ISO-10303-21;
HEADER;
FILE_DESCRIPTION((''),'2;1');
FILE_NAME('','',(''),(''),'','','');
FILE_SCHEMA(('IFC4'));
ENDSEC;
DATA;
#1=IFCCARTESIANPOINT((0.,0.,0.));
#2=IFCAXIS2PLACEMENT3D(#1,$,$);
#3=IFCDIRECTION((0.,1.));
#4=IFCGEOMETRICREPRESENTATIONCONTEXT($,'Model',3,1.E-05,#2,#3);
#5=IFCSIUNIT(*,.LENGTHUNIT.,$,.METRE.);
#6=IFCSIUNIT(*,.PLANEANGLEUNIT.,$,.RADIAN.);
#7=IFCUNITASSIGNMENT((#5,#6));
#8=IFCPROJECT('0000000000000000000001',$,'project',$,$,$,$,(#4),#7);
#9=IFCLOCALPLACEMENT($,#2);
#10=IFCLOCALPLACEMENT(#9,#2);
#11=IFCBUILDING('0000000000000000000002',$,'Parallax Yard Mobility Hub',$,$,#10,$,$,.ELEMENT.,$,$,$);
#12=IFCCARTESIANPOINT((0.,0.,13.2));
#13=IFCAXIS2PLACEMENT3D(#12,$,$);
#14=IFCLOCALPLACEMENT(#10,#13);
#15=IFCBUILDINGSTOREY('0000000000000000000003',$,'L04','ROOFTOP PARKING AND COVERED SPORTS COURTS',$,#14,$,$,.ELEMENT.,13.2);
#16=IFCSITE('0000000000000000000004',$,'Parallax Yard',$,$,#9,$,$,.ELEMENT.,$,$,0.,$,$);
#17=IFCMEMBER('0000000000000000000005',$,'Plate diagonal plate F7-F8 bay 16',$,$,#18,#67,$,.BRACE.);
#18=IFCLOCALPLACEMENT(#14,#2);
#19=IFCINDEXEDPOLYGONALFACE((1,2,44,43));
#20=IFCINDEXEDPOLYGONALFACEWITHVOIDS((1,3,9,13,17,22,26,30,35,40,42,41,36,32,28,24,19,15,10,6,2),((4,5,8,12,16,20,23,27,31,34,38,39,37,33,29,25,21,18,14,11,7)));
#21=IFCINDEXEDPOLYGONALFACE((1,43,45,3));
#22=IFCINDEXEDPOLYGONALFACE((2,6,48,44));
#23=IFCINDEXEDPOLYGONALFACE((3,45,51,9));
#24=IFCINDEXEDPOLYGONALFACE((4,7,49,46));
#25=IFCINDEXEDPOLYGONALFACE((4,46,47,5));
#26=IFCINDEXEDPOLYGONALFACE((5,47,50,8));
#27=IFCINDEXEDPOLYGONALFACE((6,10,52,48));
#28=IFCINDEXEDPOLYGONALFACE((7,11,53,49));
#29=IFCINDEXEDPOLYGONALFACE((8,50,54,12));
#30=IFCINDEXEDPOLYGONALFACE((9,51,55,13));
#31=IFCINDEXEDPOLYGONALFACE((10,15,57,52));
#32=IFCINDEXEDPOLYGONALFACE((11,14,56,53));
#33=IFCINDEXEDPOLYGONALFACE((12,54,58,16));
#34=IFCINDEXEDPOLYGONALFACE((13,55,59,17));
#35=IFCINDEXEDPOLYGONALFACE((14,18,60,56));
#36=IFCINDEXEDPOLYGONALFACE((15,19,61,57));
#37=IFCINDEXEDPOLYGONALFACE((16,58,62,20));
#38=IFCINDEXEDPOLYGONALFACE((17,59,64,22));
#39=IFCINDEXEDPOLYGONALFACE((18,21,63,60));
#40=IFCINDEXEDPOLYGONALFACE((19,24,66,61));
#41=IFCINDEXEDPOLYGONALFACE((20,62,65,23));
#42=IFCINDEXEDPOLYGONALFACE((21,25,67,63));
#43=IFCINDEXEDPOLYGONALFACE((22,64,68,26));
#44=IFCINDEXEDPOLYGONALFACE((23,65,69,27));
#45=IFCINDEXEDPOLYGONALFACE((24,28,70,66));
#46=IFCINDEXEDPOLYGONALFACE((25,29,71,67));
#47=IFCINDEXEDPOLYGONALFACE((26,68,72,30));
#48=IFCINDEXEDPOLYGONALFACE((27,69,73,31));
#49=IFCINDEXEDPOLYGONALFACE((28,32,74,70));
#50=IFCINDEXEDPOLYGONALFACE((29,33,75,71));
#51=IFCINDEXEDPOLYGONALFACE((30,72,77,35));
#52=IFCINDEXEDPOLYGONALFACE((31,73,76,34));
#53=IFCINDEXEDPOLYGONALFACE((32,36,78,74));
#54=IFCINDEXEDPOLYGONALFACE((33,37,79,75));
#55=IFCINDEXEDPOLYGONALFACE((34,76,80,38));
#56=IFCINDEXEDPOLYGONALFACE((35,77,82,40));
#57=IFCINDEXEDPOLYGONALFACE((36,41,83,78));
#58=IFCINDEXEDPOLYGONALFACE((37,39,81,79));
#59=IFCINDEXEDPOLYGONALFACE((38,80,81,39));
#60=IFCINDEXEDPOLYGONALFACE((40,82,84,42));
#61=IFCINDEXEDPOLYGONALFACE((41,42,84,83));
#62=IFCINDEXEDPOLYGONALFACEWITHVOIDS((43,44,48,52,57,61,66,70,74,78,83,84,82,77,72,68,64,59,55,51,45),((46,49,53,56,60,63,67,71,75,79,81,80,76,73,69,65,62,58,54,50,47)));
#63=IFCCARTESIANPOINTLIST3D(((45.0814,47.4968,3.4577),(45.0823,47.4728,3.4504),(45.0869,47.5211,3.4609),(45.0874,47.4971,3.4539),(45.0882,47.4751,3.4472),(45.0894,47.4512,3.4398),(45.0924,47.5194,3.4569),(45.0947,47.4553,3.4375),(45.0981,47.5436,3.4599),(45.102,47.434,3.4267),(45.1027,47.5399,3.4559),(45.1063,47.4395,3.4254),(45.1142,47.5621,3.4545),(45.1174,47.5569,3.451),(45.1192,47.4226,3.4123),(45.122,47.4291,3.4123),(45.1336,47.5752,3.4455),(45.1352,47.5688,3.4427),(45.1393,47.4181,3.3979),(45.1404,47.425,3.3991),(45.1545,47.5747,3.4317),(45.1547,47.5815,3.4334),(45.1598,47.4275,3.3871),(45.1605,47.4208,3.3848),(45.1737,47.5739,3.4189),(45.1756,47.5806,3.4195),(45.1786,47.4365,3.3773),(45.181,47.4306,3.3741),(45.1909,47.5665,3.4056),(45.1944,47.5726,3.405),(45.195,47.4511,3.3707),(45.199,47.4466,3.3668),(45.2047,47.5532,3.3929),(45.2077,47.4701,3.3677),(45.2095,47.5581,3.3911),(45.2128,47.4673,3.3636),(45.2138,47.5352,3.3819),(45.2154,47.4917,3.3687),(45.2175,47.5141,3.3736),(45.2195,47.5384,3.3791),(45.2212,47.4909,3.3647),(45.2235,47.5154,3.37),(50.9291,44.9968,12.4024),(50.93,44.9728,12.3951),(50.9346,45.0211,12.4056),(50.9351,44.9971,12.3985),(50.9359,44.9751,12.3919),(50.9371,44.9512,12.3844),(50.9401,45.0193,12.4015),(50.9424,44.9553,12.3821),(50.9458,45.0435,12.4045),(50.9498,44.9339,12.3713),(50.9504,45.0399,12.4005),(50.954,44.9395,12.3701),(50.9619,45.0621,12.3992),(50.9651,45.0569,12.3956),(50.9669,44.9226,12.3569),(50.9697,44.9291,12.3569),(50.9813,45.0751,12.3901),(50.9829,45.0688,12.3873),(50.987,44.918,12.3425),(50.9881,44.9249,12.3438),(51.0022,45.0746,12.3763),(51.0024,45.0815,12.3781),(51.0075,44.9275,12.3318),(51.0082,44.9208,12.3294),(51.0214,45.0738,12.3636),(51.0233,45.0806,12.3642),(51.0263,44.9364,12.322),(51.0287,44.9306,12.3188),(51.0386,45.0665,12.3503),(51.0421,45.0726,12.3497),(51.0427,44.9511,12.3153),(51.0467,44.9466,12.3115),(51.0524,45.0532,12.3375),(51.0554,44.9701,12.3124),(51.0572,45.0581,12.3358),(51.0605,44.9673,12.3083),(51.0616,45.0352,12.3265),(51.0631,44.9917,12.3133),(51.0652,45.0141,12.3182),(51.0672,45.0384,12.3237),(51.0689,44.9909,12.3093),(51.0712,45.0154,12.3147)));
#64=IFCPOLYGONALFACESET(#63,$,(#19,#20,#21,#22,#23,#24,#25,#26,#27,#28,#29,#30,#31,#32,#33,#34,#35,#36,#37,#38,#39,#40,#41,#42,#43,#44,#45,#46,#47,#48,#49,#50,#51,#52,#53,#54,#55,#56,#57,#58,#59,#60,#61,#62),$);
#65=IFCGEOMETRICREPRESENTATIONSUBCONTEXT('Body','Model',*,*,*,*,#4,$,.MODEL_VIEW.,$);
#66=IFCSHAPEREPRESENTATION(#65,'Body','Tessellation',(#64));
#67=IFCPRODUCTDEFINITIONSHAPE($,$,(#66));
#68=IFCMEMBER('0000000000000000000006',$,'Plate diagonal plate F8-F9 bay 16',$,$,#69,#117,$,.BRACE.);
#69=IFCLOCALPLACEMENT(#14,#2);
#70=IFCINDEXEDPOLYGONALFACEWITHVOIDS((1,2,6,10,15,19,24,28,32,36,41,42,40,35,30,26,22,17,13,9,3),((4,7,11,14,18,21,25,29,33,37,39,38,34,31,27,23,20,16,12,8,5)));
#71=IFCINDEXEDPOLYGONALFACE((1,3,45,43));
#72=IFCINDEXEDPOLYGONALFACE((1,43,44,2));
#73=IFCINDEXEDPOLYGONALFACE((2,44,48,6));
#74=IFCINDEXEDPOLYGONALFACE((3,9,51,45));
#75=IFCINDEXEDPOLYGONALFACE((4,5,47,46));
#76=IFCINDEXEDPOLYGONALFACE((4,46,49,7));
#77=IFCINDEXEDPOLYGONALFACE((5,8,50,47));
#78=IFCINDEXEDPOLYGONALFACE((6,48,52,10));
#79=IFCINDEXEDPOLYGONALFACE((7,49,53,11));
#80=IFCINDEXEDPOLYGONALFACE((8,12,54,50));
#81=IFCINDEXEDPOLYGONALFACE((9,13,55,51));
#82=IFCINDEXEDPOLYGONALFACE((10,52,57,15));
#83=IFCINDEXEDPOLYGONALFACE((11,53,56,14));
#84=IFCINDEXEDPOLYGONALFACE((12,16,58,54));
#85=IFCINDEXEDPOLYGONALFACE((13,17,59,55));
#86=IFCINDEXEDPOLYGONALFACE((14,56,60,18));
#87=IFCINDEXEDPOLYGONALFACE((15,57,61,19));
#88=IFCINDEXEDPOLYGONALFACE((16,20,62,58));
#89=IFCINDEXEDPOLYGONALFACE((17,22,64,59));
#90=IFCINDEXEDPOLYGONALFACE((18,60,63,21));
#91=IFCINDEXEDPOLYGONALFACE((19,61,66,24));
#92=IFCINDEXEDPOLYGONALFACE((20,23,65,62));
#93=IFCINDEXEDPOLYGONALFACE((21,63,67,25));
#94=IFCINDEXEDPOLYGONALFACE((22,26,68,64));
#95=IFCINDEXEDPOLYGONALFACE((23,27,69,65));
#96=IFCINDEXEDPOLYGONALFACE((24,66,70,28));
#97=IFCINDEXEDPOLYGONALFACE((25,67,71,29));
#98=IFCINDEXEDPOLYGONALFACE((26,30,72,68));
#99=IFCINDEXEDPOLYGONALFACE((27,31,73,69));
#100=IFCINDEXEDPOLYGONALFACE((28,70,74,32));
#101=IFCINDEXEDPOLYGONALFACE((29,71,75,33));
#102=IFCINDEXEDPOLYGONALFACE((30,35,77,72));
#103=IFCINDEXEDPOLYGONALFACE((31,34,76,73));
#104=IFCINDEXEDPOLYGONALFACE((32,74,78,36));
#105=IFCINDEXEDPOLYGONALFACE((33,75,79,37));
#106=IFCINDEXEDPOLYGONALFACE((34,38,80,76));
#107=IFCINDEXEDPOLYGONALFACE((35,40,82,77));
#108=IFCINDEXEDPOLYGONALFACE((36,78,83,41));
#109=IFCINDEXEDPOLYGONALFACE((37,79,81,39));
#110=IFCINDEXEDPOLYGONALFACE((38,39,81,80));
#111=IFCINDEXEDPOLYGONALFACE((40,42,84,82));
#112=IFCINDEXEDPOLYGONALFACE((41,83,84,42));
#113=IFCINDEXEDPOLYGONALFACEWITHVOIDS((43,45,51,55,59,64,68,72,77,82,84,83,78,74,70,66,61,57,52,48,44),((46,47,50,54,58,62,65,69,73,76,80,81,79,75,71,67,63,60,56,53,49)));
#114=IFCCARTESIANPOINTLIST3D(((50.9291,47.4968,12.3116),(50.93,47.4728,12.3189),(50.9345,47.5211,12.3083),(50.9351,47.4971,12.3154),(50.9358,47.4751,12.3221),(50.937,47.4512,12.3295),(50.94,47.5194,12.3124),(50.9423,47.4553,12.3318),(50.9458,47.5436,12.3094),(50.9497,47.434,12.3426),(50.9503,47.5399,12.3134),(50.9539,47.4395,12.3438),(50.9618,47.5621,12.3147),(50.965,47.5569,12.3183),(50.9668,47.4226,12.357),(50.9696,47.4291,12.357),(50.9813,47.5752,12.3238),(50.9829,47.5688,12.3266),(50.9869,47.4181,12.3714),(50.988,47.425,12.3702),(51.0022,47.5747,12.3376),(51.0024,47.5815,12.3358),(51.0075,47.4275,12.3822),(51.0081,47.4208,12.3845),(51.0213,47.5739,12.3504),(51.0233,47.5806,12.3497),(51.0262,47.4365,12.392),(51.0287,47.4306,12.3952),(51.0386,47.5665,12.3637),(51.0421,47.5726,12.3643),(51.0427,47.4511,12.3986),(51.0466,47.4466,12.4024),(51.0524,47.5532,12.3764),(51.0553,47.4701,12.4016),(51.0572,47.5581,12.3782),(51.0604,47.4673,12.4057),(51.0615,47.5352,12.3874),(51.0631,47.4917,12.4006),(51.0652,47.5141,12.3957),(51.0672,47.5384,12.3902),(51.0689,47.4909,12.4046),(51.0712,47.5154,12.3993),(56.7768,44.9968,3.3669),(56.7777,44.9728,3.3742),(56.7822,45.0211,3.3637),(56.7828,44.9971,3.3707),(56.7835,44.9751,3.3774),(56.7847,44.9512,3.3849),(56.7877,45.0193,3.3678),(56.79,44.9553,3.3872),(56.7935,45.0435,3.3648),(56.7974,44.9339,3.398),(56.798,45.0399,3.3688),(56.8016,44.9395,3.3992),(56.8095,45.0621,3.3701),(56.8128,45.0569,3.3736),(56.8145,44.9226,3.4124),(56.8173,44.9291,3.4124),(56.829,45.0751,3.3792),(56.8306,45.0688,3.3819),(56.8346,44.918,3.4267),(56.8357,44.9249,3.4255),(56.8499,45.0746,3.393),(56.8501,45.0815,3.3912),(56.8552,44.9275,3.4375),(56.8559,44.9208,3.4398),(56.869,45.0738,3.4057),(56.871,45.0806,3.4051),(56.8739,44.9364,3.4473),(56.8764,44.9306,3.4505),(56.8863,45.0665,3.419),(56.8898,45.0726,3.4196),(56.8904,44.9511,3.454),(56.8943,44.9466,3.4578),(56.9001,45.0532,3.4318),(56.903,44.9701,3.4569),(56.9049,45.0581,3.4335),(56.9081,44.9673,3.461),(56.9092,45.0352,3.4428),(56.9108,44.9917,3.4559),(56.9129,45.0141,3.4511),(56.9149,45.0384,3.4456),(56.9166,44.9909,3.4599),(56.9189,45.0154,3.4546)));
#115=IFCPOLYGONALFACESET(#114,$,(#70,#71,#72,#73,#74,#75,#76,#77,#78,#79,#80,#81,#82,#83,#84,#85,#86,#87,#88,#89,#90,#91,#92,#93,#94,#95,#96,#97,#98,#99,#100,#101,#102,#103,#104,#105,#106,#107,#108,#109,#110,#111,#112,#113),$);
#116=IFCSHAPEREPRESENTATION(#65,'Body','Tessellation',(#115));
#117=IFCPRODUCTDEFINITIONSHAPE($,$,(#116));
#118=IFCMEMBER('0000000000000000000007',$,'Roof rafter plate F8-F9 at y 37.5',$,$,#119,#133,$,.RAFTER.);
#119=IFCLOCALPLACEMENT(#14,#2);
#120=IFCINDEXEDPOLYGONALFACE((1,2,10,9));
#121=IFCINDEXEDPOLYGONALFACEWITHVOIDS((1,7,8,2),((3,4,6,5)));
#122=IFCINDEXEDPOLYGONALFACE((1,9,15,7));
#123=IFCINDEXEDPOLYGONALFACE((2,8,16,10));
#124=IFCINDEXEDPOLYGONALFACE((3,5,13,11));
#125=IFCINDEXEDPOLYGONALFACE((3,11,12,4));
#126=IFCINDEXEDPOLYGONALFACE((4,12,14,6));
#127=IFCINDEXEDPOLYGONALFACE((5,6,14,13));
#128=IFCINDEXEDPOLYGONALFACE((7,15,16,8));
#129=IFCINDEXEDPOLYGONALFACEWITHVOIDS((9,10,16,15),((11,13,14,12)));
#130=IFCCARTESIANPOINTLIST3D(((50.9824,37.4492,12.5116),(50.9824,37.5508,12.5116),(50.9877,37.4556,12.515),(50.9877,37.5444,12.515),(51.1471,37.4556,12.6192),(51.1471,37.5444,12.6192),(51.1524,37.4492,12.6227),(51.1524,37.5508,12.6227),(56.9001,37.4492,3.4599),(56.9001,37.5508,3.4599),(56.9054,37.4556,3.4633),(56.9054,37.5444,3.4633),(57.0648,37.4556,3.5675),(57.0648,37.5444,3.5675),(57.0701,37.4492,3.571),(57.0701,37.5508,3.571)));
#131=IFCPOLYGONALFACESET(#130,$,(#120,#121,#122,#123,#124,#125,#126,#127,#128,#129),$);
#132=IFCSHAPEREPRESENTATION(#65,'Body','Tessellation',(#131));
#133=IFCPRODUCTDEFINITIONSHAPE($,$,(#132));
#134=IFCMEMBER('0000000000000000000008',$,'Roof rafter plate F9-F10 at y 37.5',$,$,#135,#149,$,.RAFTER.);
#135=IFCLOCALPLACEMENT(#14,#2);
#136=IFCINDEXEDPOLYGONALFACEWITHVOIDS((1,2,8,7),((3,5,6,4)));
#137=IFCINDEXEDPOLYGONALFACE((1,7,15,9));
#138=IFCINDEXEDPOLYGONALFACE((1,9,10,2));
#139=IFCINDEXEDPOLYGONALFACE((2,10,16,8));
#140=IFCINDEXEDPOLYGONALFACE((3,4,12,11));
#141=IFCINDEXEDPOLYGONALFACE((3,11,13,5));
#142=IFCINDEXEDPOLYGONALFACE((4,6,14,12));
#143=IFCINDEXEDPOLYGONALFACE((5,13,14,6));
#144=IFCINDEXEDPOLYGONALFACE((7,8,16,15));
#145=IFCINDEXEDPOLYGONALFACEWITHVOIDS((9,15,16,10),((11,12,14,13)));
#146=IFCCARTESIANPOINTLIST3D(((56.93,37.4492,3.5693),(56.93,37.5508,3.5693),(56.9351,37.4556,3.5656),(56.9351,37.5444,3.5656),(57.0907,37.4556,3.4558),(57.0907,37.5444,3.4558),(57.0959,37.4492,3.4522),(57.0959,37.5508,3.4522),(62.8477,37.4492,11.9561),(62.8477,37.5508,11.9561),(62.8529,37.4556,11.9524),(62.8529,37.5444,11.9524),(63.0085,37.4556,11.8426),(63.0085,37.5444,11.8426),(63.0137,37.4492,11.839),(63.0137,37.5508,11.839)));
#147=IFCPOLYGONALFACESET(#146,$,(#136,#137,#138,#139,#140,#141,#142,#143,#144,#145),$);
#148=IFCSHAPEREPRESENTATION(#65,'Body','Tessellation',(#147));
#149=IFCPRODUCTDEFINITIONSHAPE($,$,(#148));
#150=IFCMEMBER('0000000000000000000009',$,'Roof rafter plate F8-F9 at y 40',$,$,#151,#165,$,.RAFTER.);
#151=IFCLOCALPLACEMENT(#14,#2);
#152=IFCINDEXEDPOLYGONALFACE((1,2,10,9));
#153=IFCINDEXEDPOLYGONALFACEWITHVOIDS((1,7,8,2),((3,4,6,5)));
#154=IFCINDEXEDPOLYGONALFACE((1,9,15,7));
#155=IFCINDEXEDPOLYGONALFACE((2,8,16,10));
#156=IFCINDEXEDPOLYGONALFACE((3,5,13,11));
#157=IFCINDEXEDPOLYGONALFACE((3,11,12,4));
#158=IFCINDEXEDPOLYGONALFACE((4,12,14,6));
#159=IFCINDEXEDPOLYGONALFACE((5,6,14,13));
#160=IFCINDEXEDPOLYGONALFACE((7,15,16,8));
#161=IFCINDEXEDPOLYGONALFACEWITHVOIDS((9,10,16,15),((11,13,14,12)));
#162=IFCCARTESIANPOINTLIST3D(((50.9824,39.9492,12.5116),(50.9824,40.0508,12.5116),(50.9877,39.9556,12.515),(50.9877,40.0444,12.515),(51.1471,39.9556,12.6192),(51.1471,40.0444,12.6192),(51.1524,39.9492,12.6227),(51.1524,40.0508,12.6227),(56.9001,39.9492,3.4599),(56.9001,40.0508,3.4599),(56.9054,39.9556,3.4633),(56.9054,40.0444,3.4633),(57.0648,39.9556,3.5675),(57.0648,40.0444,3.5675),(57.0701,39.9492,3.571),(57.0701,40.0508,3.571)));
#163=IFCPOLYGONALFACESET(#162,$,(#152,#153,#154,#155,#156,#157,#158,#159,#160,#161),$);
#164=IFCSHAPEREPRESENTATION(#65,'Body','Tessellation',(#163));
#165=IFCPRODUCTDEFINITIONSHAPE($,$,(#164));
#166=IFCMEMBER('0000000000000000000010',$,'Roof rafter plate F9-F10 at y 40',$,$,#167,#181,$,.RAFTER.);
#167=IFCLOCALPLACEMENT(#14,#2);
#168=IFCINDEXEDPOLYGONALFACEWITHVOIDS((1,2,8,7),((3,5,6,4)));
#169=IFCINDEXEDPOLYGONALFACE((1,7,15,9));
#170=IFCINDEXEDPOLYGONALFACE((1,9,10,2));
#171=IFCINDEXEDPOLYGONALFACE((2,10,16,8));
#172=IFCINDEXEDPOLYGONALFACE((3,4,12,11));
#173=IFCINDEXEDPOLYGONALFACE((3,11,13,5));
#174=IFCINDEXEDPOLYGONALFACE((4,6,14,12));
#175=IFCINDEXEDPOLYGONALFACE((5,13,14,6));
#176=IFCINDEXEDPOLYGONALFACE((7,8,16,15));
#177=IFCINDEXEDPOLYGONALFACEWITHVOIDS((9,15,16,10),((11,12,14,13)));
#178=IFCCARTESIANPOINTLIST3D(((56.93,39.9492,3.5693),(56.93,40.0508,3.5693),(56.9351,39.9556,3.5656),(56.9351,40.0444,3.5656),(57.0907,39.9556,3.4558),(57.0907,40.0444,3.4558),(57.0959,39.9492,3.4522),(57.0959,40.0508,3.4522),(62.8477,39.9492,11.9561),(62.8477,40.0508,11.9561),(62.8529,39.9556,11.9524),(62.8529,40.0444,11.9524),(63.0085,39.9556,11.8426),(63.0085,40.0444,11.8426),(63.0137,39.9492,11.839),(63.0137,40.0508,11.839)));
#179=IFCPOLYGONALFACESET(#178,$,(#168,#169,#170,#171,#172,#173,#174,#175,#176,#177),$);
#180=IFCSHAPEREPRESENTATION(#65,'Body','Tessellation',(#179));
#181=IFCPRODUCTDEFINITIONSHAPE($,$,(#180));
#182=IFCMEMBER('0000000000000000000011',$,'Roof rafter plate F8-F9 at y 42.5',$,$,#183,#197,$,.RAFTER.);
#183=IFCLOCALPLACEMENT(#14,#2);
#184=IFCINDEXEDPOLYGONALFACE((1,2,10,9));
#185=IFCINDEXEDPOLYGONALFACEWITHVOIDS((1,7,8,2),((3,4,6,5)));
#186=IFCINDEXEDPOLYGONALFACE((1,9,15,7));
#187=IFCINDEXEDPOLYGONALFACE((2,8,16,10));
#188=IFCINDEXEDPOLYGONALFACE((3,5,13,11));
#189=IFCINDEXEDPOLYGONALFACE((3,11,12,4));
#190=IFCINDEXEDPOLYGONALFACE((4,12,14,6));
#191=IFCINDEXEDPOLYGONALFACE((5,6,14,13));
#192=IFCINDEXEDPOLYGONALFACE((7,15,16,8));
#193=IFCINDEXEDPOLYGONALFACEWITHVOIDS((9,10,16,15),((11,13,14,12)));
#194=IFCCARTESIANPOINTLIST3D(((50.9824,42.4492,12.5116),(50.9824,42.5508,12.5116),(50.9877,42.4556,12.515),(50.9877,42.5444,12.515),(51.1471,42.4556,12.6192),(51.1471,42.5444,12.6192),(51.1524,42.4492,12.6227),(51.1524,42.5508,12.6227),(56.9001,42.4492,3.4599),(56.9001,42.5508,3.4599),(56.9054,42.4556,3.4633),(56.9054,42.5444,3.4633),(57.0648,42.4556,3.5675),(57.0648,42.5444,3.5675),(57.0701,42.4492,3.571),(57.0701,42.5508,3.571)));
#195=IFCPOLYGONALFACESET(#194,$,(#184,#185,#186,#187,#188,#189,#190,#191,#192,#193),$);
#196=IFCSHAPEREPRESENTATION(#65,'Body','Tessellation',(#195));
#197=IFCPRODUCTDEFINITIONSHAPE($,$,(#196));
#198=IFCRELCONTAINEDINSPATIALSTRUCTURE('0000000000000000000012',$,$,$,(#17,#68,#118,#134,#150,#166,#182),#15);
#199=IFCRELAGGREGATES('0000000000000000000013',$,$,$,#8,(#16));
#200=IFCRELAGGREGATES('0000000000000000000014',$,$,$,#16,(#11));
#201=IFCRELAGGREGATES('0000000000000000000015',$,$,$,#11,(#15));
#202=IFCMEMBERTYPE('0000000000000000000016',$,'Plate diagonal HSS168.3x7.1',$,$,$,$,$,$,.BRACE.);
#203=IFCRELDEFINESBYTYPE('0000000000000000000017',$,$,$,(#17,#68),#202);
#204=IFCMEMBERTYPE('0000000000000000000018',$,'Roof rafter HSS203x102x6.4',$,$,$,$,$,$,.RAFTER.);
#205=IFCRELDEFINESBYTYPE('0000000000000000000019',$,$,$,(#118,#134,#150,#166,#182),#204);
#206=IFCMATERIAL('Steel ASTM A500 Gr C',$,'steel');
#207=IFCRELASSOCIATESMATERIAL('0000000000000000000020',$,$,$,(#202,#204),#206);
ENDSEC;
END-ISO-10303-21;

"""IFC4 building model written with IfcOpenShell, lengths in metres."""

from ifc_helpers import new_model, si_unit, direction, frame, origin, origin_2d, place, context, subcontext, project, spatial, hollow_rectangle, hollow_circle, extrude, material, material_profile, profile_set, type_object, element, save


model = new_model("IFC4")

# Units and contexts
model_context = context("Model", 3, precision=1e-05, world=origin(), true_north=direction((0.0, 1.0)))
body_context = subcontext(model_context, "Body", "Model", "MODEL_VIEW")
ifc_project = project(units=[si_unit("LENGTHUNIT", "METRE"), si_unit("PLANEANGLEUNIT", "RADIAN")], contexts=[model_context])

# Site, building, storey
site_placement = place(None, origin())
site = spatial("IfcSite", under=ifc_project, at=site_placement, Name="Parallax Yard", CompositionType="ELEMENT", RefElevation=0.0)
building_placement = place(site_placement, origin())
building = spatial("IfcBuilding", under=site, at=building_placement, Name="Parallax Yard Mobility Hub", CompositionType="ELEMENT")
storey_placement = place(building_placement, frame((0.0, 0.0, 13.2)))
storey = spatial("IfcBuildingStorey", under=building, at=storey_placement, Name="L04", Description="ROOFTOP PARKING AND COVERED SPORTS COURTS", CompositionType="ELEMENT", Elevation=13.2)

# Members
ifc_material_1 = material(Name="Steel ASTM A500 Gr C", Category="steel")
ifc_material_profile_1 = material_profile(ifc_material_1, hollow_circle(Radius=0.0842, WallThickness=0.0071, at=origin_2d()), Name="HSS168.3x7.1")
ifc_profile_set_1 = profile_set([ifc_material_profile_1], Name="Steel ASTM A500 Gr C")
member_type_1 = type_object("IfcMemberType", Name="Plate diagonal HSS168.3x7.1", PredefinedType="BRACE", material=ifc_profile_set_1)
for number, where, z_axis, x_axis, name in (
    (1, (51.0, 45.0, 12.3569), (-0.532816, 0.22779, -0.814996), (-0.393104, -0.919494, 0.0), "Plate diagonal plate F7-F8 bay 16"),
    (2, (56.8477, 45.0, 3.4124), (-0.532816, 0.22779, 0.814996), (-0.393104, -0.919494, 0.0), "Plate diagonal plate F8-F9 bay 16"),
):
    element("IfcMember", number, at=place(storey_placement, frame(where, z_axis=z_axis, x_axis=x_axis)), inside=storey, type_object=member_type_1, Name=name, PredefinedType="BRACE", context=body_context, shape_type="SweptSolid", body=[
        extrude(hollow_circle(Radius=0.0842, WallThickness=0.0071, at=origin_2d()), origin(), (0.0, 0.0, 1.0), 10.9751),
    ])
ifc_material_profile_2 = material_profile(ifc_material_1, hollow_rectangle(XDim=0.1016, YDim=0.2031, WallThickness=0.0063, at=origin_2d()), Name="HSS203x102x6.4")
ifc_profile_set_2 = profile_set([ifc_material_profile_2], Name="Steel ASTM A500 Gr C")
member_type_2 = type_object("IfcMemberType", Name="Roof rafter HSS203x102x6.4", PredefinedType="RAFTER", material=ifc_profile_set_2)
member_1_placement = place(storey_placement, frame((51.0674, 37.5, 12.5671), z_axis=(0.547202, 0.0, -0.837001), x_axis=(0.0, 1.0, 0.0)))
element("IfcMember", 3, at=member_1_placement, inside=storey, type_object=member_type_2, Name="Roof rafter plate F8-F9 at y 37.5", PredefinedType="RAFTER", context=body_context, shape_type="SweptSolid", body=[
    extrude(hollow_rectangle(XDim=0.1016, YDim=0.2031, WallThickness=0.0063, at=origin_2d()), origin(), (0.0, 0.0, 1.0), 10.8145),
])
member_2_placement = place(storey_placement, frame((57.0129, 37.5, 3.5107), z_axis=(0.576533, 0.0, 0.817074), x_axis=(0.0, 1.0, 0.0)))
element("IfcMember", 4, at=member_2_placement, inside=storey, type_object=member_type_2, Name="Roof rafter plate F9-F10 at y 37.5", PredefinedType="RAFTER", context=body_context, shape_type="SweptSolid", body=[
    extrude(hollow_rectangle(XDim=0.1016, YDim=0.2031, WallThickness=0.0063, at=origin_2d()), origin(), (0.0, 0.0, 1.0), 10.2644),
])
member_3_placement = place(storey_placement, frame((51.0674, 40.0, 12.5671), z_axis=(0.547202, 0.0, -0.837001), x_axis=(0.0, 1.0, 0.0)))
element("IfcMember", 5, at=member_3_placement, inside=storey, type_object=member_type_2, Name="Roof rafter plate F8-F9 at y 40", PredefinedType="RAFTER", context=body_context, shape_type="SweptSolid", body=[
    extrude(hollow_rectangle(XDim=0.1016, YDim=0.2031, WallThickness=0.0063, at=origin_2d()), origin(), (0.0, 0.0, 1.0), 10.8145),
])
member_4_placement = place(storey_placement, frame((57.0129, 40.0, 3.5107), z_axis=(0.576533, 0.0, 0.817074), x_axis=(0.0, 1.0, 0.0)))
element("IfcMember", 6, at=member_4_placement, inside=storey, type_object=member_type_2, Name="Roof rafter plate F9-F10 at y 40", PredefinedType="RAFTER", context=body_context, shape_type="SweptSolid", body=[
    extrude(hollow_rectangle(XDim=0.1016, YDim=0.2031, WallThickness=0.0063, at=origin_2d()), origin(), (0.0, 0.0, 1.0), 10.2644),
])
member_5_placement = place(storey_placement, frame((51.0674, 42.5, 12.5671), z_axis=(0.547202, 0.0, -0.837001), x_axis=(0.0, 1.0, 0.0)))
element("IfcMember", 7, at=member_5_placement, inside=storey, type_object=member_type_2, Name="Roof rafter plate F8-F9 at y 42.5", PredefinedType="RAFTER", context=body_context, shape_type="SweptSolid", body=[
    extrude(hollow_rectangle(XDim=0.1016, YDim=0.2031, WallThickness=0.0063, at=origin_2d()), origin(), (0.0, 0.0, 1.0), 10.8145),
])

save(model, "model.ifc")
